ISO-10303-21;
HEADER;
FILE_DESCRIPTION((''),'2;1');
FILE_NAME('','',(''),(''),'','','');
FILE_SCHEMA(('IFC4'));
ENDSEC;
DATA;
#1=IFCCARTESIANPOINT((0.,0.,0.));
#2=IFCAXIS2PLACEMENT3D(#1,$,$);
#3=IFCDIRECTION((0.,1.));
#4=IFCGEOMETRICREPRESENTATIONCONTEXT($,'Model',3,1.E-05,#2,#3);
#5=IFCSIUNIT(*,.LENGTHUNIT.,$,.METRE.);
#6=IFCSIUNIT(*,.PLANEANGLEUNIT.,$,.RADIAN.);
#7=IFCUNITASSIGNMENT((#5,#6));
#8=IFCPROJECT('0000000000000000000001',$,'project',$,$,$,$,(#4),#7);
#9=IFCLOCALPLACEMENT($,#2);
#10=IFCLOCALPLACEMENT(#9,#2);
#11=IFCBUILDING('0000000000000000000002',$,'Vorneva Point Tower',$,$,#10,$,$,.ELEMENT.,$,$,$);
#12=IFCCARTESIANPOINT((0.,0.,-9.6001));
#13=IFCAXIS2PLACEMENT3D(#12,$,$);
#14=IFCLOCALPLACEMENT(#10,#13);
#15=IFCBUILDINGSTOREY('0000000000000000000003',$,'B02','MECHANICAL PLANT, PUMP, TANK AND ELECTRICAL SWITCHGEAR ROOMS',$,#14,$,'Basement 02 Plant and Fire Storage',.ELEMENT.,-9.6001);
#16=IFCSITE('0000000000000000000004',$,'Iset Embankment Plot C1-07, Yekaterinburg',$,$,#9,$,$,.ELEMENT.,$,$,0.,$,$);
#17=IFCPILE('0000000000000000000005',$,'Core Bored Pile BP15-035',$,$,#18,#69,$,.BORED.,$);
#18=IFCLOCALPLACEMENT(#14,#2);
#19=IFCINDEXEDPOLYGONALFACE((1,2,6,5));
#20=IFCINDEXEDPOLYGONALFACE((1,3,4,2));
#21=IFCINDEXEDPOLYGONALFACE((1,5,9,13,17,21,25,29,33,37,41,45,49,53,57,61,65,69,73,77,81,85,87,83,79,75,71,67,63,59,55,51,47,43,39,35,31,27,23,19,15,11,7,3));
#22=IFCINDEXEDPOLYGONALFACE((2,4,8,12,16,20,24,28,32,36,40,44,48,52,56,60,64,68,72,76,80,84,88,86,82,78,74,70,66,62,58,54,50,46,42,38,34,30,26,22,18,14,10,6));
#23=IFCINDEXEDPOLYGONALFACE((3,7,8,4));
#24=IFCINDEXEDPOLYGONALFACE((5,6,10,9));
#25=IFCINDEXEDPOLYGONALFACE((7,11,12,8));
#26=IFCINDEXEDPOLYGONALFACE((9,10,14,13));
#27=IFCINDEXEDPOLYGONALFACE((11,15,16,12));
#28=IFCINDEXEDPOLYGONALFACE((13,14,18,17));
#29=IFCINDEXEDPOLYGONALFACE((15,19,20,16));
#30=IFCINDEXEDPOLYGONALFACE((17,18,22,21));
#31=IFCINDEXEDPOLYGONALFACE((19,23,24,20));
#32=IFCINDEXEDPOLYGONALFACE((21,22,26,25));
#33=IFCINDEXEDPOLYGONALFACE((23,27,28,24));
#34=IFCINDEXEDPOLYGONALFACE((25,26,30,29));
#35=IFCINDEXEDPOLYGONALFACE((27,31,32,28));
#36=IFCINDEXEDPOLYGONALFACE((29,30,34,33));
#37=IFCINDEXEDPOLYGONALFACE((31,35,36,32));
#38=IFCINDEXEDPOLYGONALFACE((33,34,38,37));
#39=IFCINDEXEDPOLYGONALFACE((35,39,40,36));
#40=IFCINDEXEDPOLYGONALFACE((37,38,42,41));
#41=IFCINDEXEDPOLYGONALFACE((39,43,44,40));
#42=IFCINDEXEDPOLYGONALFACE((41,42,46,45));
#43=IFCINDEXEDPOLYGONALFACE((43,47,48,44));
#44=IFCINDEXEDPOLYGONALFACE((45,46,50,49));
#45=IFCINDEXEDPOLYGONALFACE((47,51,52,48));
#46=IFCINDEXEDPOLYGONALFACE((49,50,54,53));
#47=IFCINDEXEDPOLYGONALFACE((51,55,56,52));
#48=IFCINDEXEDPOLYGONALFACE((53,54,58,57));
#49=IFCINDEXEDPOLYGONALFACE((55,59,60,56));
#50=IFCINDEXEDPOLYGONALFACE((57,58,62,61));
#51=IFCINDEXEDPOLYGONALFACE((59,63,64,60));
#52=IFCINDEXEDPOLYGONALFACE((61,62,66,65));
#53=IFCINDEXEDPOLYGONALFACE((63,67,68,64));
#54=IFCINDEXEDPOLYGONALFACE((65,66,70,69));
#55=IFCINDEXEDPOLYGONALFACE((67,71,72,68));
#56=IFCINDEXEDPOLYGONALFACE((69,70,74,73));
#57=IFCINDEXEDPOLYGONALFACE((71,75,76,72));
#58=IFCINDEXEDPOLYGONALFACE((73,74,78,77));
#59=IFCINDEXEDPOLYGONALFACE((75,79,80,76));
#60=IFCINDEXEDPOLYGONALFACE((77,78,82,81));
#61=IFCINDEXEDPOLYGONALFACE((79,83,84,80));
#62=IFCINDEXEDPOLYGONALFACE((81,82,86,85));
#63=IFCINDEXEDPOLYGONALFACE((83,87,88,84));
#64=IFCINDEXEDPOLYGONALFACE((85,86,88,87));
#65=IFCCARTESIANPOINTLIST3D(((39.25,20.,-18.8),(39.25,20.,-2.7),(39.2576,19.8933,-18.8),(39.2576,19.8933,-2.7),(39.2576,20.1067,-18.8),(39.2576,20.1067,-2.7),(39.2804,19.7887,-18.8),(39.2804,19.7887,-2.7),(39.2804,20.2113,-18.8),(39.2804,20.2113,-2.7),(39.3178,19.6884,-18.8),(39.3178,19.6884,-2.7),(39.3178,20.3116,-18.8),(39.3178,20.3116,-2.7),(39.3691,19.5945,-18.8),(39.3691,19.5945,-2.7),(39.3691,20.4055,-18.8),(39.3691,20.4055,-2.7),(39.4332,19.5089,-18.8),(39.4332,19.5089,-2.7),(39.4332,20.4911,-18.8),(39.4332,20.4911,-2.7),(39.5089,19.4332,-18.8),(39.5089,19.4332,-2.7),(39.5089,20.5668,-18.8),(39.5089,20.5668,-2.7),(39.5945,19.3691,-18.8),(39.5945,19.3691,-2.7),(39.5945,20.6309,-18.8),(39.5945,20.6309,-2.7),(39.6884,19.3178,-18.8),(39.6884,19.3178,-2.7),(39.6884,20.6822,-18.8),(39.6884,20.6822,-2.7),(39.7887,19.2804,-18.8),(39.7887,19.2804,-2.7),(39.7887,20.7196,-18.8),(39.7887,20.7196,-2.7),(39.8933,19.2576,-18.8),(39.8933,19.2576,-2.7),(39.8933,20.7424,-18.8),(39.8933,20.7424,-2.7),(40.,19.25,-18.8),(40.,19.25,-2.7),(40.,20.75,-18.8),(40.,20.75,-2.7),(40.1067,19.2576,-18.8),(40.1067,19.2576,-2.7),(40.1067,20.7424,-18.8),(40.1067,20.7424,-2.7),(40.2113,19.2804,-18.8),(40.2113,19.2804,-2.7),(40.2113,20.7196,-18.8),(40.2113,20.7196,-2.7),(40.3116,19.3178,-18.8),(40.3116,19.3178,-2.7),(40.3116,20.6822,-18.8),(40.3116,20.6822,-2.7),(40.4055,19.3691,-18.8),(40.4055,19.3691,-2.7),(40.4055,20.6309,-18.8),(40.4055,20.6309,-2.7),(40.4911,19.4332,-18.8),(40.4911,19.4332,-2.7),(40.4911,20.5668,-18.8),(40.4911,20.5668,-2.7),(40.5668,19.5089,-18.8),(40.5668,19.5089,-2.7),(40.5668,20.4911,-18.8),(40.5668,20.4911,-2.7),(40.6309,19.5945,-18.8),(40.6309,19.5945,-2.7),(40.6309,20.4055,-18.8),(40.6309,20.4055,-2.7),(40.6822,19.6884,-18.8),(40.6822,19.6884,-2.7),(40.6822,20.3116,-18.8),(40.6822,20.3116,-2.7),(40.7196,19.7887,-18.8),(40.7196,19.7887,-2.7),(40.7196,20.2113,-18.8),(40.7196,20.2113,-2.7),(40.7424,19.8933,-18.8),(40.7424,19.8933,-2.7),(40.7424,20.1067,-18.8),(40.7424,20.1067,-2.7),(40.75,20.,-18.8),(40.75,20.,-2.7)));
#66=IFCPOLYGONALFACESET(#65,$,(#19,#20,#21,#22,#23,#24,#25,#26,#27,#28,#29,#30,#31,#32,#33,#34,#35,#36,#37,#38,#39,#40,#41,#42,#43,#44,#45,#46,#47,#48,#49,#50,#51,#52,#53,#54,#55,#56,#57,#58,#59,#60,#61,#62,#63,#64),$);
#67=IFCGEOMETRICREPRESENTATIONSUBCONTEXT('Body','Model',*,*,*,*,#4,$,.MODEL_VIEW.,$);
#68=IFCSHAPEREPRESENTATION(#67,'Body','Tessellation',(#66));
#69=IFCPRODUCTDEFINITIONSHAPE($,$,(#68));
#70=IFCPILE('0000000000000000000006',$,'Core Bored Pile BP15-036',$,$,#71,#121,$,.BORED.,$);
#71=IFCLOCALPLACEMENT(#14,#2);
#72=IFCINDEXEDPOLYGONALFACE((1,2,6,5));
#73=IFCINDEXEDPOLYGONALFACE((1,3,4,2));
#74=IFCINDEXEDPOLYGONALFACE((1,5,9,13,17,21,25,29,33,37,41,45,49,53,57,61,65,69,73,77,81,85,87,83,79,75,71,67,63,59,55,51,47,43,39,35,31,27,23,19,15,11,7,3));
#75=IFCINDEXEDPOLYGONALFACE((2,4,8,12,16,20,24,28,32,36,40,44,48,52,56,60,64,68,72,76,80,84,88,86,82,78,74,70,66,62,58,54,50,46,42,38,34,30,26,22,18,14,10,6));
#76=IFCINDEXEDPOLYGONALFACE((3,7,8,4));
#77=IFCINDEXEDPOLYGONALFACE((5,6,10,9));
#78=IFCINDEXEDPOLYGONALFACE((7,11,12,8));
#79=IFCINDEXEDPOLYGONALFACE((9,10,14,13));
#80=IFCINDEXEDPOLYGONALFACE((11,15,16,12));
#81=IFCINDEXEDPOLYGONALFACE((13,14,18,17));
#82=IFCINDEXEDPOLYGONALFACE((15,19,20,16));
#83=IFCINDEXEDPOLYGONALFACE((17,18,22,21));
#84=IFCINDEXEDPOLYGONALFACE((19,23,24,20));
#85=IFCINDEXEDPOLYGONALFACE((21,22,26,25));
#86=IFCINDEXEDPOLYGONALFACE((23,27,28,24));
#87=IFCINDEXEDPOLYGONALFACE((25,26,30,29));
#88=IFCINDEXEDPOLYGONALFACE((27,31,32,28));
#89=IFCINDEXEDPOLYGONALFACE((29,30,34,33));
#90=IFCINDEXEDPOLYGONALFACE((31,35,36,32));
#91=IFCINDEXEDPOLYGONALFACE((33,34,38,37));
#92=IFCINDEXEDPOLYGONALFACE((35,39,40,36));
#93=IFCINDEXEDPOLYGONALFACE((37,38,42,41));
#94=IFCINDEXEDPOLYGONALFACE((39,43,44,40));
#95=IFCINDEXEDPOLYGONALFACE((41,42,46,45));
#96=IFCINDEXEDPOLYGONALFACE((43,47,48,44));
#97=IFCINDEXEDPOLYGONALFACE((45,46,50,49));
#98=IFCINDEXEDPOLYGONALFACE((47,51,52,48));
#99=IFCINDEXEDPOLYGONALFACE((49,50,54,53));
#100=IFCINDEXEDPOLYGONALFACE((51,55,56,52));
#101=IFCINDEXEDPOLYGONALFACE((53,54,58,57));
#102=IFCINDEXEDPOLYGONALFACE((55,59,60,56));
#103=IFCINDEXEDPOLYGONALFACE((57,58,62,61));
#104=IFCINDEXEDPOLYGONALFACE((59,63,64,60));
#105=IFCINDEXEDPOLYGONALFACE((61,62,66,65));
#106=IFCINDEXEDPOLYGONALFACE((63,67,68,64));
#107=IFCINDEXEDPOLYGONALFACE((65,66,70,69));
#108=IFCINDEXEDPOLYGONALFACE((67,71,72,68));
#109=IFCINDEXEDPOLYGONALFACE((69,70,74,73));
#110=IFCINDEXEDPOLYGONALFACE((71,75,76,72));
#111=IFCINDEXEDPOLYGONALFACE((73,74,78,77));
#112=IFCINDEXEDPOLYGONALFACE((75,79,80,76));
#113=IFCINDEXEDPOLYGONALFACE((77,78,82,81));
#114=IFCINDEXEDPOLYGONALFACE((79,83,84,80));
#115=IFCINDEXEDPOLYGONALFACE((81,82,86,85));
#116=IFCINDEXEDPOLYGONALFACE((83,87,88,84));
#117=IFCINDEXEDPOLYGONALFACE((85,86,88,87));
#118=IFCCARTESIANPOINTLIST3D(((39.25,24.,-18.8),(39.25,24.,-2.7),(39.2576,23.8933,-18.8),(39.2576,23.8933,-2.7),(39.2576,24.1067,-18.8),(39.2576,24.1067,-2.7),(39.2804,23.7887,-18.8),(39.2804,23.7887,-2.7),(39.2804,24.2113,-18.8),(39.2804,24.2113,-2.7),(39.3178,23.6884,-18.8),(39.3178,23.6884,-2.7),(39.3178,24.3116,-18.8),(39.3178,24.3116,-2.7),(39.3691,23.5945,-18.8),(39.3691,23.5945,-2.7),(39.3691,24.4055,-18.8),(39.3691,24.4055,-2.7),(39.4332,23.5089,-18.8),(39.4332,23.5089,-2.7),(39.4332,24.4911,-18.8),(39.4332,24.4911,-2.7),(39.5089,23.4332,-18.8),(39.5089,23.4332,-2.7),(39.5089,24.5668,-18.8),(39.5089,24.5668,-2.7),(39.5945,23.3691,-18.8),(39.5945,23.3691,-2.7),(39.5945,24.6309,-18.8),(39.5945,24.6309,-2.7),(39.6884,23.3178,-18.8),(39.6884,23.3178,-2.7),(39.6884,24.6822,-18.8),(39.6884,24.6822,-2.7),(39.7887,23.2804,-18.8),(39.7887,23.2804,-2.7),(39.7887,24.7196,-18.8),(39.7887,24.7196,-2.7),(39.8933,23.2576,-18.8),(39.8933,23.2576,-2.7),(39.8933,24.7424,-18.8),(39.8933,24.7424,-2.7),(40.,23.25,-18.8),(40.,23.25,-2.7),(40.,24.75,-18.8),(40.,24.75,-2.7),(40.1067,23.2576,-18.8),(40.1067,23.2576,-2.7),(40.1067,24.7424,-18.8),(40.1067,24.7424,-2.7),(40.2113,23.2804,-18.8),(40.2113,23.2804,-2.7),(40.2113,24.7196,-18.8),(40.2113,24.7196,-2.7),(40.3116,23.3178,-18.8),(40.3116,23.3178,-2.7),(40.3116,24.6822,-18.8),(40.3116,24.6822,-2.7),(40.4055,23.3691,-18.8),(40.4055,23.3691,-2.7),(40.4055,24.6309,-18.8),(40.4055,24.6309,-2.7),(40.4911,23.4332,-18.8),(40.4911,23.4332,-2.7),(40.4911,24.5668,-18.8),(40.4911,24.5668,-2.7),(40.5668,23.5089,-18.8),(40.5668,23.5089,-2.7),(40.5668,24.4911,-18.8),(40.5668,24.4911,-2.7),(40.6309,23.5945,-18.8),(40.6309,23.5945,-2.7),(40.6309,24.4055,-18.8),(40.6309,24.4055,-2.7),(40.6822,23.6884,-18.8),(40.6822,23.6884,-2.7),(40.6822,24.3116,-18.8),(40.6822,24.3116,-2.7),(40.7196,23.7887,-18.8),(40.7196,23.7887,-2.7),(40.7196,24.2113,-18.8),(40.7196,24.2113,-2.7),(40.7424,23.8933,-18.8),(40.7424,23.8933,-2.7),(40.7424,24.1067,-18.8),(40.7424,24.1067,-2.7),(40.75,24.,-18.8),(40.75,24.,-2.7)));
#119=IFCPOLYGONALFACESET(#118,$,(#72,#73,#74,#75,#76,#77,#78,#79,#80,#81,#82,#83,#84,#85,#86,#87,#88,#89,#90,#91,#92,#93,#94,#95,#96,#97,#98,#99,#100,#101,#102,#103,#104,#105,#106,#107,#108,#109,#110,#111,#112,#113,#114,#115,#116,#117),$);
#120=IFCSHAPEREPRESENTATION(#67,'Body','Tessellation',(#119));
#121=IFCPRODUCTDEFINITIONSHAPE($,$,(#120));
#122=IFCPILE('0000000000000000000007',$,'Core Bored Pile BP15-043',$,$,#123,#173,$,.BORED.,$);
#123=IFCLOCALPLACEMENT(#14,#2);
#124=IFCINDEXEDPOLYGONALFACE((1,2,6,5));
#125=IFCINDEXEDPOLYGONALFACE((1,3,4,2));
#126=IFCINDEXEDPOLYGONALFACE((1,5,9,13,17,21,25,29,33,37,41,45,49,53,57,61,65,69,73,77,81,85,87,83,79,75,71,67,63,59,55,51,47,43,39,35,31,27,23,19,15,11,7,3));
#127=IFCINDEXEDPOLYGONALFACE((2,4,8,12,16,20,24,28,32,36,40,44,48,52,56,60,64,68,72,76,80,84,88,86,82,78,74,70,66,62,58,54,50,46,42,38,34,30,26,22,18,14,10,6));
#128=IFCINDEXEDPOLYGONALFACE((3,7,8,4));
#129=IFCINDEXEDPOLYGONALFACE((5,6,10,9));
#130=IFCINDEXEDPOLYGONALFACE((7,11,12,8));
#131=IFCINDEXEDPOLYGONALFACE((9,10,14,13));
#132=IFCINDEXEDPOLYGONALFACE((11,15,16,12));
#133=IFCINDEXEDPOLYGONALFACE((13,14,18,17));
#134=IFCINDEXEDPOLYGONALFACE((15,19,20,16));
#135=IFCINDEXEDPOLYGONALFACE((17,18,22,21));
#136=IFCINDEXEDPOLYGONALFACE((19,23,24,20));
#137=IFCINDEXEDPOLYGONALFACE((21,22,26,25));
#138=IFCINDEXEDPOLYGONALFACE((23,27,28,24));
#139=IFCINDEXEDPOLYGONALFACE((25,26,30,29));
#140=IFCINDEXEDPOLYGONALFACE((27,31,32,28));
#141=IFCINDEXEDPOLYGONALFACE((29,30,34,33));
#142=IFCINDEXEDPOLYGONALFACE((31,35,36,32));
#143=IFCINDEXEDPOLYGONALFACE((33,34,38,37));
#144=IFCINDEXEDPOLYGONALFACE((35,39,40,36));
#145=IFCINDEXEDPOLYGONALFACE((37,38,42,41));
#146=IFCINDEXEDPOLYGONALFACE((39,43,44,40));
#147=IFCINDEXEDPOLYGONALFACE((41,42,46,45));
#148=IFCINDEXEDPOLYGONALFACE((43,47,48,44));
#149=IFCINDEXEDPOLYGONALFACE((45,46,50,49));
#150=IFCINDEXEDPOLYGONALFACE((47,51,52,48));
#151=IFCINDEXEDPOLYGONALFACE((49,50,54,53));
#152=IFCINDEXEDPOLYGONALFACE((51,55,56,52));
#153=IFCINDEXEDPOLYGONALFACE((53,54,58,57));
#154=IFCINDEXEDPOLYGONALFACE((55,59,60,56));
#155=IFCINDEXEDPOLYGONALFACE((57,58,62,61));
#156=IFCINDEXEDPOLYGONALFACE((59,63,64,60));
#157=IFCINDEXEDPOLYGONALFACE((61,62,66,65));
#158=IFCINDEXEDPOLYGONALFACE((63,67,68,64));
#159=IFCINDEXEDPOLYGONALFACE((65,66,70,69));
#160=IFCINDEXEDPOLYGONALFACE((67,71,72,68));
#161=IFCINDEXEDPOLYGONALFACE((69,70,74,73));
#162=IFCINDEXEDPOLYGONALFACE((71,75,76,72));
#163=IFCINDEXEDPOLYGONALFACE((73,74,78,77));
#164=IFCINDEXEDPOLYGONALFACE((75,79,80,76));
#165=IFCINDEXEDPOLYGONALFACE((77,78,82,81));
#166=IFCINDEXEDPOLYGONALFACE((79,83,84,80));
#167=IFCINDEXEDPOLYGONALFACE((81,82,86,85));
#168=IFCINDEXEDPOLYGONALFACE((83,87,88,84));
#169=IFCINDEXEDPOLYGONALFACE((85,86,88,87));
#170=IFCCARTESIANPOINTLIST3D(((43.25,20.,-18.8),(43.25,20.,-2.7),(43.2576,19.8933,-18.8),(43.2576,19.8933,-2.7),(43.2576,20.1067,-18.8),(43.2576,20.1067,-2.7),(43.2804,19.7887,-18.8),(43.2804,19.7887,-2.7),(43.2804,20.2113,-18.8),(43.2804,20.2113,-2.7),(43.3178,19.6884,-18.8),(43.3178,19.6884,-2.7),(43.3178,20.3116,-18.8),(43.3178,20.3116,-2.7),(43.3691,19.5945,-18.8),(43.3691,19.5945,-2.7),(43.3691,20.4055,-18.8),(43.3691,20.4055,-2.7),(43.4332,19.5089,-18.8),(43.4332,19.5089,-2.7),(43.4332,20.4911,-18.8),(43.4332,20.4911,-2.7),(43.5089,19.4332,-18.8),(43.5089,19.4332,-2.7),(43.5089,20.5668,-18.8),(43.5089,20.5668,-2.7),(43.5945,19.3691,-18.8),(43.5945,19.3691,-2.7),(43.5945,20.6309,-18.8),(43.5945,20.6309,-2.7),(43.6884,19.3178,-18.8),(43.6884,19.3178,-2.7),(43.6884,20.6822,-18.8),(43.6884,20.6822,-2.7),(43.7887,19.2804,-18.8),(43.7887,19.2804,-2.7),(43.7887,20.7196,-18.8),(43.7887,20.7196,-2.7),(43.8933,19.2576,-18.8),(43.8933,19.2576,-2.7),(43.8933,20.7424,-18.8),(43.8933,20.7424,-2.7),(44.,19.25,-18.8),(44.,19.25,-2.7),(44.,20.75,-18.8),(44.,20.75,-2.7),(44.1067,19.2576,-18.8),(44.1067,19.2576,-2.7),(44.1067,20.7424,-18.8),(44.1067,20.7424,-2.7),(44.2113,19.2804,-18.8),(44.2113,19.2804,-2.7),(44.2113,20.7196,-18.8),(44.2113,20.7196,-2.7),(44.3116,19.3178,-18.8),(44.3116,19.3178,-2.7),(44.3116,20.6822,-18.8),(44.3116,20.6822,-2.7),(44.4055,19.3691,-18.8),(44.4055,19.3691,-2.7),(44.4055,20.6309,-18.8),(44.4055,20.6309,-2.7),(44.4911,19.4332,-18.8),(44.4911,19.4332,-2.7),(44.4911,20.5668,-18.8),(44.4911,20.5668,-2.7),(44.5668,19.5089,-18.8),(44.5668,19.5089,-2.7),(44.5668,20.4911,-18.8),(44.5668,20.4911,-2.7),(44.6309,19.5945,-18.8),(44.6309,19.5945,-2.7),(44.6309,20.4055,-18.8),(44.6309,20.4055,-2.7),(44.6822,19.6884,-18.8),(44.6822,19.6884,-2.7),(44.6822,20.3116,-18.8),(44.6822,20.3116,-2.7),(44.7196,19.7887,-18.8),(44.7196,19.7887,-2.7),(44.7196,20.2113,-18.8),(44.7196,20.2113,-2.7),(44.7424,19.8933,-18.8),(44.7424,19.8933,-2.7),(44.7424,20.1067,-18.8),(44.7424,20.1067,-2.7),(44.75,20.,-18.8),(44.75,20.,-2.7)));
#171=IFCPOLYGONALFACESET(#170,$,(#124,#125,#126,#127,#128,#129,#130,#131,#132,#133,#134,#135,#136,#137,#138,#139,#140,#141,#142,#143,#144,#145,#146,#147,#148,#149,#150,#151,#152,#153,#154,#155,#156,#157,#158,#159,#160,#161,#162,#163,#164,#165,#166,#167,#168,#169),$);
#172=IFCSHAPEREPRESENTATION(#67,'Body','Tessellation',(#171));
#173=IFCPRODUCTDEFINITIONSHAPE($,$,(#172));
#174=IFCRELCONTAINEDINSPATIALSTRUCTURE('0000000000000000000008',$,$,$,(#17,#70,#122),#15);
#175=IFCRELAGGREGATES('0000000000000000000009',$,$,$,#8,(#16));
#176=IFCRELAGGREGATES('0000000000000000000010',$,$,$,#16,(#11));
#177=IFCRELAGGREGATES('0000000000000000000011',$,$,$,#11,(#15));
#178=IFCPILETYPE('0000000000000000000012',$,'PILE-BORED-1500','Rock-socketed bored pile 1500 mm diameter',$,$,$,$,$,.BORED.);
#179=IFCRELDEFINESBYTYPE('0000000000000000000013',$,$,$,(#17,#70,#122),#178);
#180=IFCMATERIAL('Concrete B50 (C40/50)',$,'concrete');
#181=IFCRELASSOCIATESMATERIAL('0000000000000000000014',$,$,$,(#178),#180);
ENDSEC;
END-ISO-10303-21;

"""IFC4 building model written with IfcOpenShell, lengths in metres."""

from ifc_helpers import new_model, si_unit, direction, frame, origin, origin_2d, place, context, subcontext, project, spatial, circle, extrude, material, material_profile, profile_set, type_object, element, save


model = new_model("IFC4")

# Units and contexts
model_context = context("Model", 3, precision=1e-05, world=origin(), true_north=direction((0.0, 1.0)))
body_context = subcontext(model_context, "Body", "Model", "MODEL_VIEW")
ifc_project = project(units=[si_unit("LENGTHUNIT", "METRE"), si_unit("PLANEANGLEUNIT", "RADIAN")], contexts=[model_context])

# Site, building, storey
site_placement = place(None, origin())
site = spatial("IfcSite", under=ifc_project, at=site_placement, Name="Iset Embankment Plot C1-07, Yekaterinburg", CompositionType="ELEMENT", RefElevation=0.0)
building_placement = place(site_placement, origin())
building = spatial("IfcBuilding", under=site, at=building_placement, Name="Vorneva Point Tower", CompositionType="ELEMENT")
storey_placement = place(building_placement, frame((0.0, 0.0, -9.6001)))
storey = spatial("IfcBuildingStorey", under=building, at=storey_placement, Name="B02", Description="MECHANICAL PLANT, PUMP, TANK AND ELECTRICAL SWITCHGEAR ROOMS", LongName="Basement 02 Plant and Fire Storage", CompositionType="ELEMENT", Elevation=-9.6001)

# Piles
ifc_material_1 = material(Name="Concrete B50 (C40/50)", Category="concrete")
ifc_material_profile_1 = material_profile(ifc_material_1, circle(Radius=0.75, at=origin_2d()), Name="PILE-1500")
ifc_profile_set_1 = profile_set([ifc_material_profile_1], Name="Concrete B50 (C40/50)")
pile_type = type_object("IfcPileType", Name="PILE-BORED-1500", Description="Rock-socketed bored pile 1500 mm diameter", PredefinedType="BORED", material=ifc_profile_set_1)
for number, where, z_axis, x_axis, name in (
    (1, (40.0, 20.0, -2.7), (0.0, 0.0, -1.0), (1.0, 0.0, 0.0), "Core Bored Pile BP15-035"),
    (2, (40.0, 24.0, -2.7), (0.0, 0.0, -1.0), (1.0, 0.0, 0.0), "Core Bored Pile BP15-036"),
    (3, (44.0, 20.0, -2.7), (0.0, 0.0, -1.0), (1.0, 0.0, 0.0), "Core Bored Pile BP15-043"),
):
    element("IfcPile", number, at=place(storey_placement, frame(where, z_axis=z_axis, x_axis=x_axis)), inside=storey, type_object=pile_type, Name=name, PredefinedType="BORED", context=body_context, shape_type="SweptSolid", body=[
        extrude(circle(Radius=0.75, at=origin_2d()), origin(), (0.0, 0.0, 1.0), 16.1001),
    ])

save(model, "model.ifc")
